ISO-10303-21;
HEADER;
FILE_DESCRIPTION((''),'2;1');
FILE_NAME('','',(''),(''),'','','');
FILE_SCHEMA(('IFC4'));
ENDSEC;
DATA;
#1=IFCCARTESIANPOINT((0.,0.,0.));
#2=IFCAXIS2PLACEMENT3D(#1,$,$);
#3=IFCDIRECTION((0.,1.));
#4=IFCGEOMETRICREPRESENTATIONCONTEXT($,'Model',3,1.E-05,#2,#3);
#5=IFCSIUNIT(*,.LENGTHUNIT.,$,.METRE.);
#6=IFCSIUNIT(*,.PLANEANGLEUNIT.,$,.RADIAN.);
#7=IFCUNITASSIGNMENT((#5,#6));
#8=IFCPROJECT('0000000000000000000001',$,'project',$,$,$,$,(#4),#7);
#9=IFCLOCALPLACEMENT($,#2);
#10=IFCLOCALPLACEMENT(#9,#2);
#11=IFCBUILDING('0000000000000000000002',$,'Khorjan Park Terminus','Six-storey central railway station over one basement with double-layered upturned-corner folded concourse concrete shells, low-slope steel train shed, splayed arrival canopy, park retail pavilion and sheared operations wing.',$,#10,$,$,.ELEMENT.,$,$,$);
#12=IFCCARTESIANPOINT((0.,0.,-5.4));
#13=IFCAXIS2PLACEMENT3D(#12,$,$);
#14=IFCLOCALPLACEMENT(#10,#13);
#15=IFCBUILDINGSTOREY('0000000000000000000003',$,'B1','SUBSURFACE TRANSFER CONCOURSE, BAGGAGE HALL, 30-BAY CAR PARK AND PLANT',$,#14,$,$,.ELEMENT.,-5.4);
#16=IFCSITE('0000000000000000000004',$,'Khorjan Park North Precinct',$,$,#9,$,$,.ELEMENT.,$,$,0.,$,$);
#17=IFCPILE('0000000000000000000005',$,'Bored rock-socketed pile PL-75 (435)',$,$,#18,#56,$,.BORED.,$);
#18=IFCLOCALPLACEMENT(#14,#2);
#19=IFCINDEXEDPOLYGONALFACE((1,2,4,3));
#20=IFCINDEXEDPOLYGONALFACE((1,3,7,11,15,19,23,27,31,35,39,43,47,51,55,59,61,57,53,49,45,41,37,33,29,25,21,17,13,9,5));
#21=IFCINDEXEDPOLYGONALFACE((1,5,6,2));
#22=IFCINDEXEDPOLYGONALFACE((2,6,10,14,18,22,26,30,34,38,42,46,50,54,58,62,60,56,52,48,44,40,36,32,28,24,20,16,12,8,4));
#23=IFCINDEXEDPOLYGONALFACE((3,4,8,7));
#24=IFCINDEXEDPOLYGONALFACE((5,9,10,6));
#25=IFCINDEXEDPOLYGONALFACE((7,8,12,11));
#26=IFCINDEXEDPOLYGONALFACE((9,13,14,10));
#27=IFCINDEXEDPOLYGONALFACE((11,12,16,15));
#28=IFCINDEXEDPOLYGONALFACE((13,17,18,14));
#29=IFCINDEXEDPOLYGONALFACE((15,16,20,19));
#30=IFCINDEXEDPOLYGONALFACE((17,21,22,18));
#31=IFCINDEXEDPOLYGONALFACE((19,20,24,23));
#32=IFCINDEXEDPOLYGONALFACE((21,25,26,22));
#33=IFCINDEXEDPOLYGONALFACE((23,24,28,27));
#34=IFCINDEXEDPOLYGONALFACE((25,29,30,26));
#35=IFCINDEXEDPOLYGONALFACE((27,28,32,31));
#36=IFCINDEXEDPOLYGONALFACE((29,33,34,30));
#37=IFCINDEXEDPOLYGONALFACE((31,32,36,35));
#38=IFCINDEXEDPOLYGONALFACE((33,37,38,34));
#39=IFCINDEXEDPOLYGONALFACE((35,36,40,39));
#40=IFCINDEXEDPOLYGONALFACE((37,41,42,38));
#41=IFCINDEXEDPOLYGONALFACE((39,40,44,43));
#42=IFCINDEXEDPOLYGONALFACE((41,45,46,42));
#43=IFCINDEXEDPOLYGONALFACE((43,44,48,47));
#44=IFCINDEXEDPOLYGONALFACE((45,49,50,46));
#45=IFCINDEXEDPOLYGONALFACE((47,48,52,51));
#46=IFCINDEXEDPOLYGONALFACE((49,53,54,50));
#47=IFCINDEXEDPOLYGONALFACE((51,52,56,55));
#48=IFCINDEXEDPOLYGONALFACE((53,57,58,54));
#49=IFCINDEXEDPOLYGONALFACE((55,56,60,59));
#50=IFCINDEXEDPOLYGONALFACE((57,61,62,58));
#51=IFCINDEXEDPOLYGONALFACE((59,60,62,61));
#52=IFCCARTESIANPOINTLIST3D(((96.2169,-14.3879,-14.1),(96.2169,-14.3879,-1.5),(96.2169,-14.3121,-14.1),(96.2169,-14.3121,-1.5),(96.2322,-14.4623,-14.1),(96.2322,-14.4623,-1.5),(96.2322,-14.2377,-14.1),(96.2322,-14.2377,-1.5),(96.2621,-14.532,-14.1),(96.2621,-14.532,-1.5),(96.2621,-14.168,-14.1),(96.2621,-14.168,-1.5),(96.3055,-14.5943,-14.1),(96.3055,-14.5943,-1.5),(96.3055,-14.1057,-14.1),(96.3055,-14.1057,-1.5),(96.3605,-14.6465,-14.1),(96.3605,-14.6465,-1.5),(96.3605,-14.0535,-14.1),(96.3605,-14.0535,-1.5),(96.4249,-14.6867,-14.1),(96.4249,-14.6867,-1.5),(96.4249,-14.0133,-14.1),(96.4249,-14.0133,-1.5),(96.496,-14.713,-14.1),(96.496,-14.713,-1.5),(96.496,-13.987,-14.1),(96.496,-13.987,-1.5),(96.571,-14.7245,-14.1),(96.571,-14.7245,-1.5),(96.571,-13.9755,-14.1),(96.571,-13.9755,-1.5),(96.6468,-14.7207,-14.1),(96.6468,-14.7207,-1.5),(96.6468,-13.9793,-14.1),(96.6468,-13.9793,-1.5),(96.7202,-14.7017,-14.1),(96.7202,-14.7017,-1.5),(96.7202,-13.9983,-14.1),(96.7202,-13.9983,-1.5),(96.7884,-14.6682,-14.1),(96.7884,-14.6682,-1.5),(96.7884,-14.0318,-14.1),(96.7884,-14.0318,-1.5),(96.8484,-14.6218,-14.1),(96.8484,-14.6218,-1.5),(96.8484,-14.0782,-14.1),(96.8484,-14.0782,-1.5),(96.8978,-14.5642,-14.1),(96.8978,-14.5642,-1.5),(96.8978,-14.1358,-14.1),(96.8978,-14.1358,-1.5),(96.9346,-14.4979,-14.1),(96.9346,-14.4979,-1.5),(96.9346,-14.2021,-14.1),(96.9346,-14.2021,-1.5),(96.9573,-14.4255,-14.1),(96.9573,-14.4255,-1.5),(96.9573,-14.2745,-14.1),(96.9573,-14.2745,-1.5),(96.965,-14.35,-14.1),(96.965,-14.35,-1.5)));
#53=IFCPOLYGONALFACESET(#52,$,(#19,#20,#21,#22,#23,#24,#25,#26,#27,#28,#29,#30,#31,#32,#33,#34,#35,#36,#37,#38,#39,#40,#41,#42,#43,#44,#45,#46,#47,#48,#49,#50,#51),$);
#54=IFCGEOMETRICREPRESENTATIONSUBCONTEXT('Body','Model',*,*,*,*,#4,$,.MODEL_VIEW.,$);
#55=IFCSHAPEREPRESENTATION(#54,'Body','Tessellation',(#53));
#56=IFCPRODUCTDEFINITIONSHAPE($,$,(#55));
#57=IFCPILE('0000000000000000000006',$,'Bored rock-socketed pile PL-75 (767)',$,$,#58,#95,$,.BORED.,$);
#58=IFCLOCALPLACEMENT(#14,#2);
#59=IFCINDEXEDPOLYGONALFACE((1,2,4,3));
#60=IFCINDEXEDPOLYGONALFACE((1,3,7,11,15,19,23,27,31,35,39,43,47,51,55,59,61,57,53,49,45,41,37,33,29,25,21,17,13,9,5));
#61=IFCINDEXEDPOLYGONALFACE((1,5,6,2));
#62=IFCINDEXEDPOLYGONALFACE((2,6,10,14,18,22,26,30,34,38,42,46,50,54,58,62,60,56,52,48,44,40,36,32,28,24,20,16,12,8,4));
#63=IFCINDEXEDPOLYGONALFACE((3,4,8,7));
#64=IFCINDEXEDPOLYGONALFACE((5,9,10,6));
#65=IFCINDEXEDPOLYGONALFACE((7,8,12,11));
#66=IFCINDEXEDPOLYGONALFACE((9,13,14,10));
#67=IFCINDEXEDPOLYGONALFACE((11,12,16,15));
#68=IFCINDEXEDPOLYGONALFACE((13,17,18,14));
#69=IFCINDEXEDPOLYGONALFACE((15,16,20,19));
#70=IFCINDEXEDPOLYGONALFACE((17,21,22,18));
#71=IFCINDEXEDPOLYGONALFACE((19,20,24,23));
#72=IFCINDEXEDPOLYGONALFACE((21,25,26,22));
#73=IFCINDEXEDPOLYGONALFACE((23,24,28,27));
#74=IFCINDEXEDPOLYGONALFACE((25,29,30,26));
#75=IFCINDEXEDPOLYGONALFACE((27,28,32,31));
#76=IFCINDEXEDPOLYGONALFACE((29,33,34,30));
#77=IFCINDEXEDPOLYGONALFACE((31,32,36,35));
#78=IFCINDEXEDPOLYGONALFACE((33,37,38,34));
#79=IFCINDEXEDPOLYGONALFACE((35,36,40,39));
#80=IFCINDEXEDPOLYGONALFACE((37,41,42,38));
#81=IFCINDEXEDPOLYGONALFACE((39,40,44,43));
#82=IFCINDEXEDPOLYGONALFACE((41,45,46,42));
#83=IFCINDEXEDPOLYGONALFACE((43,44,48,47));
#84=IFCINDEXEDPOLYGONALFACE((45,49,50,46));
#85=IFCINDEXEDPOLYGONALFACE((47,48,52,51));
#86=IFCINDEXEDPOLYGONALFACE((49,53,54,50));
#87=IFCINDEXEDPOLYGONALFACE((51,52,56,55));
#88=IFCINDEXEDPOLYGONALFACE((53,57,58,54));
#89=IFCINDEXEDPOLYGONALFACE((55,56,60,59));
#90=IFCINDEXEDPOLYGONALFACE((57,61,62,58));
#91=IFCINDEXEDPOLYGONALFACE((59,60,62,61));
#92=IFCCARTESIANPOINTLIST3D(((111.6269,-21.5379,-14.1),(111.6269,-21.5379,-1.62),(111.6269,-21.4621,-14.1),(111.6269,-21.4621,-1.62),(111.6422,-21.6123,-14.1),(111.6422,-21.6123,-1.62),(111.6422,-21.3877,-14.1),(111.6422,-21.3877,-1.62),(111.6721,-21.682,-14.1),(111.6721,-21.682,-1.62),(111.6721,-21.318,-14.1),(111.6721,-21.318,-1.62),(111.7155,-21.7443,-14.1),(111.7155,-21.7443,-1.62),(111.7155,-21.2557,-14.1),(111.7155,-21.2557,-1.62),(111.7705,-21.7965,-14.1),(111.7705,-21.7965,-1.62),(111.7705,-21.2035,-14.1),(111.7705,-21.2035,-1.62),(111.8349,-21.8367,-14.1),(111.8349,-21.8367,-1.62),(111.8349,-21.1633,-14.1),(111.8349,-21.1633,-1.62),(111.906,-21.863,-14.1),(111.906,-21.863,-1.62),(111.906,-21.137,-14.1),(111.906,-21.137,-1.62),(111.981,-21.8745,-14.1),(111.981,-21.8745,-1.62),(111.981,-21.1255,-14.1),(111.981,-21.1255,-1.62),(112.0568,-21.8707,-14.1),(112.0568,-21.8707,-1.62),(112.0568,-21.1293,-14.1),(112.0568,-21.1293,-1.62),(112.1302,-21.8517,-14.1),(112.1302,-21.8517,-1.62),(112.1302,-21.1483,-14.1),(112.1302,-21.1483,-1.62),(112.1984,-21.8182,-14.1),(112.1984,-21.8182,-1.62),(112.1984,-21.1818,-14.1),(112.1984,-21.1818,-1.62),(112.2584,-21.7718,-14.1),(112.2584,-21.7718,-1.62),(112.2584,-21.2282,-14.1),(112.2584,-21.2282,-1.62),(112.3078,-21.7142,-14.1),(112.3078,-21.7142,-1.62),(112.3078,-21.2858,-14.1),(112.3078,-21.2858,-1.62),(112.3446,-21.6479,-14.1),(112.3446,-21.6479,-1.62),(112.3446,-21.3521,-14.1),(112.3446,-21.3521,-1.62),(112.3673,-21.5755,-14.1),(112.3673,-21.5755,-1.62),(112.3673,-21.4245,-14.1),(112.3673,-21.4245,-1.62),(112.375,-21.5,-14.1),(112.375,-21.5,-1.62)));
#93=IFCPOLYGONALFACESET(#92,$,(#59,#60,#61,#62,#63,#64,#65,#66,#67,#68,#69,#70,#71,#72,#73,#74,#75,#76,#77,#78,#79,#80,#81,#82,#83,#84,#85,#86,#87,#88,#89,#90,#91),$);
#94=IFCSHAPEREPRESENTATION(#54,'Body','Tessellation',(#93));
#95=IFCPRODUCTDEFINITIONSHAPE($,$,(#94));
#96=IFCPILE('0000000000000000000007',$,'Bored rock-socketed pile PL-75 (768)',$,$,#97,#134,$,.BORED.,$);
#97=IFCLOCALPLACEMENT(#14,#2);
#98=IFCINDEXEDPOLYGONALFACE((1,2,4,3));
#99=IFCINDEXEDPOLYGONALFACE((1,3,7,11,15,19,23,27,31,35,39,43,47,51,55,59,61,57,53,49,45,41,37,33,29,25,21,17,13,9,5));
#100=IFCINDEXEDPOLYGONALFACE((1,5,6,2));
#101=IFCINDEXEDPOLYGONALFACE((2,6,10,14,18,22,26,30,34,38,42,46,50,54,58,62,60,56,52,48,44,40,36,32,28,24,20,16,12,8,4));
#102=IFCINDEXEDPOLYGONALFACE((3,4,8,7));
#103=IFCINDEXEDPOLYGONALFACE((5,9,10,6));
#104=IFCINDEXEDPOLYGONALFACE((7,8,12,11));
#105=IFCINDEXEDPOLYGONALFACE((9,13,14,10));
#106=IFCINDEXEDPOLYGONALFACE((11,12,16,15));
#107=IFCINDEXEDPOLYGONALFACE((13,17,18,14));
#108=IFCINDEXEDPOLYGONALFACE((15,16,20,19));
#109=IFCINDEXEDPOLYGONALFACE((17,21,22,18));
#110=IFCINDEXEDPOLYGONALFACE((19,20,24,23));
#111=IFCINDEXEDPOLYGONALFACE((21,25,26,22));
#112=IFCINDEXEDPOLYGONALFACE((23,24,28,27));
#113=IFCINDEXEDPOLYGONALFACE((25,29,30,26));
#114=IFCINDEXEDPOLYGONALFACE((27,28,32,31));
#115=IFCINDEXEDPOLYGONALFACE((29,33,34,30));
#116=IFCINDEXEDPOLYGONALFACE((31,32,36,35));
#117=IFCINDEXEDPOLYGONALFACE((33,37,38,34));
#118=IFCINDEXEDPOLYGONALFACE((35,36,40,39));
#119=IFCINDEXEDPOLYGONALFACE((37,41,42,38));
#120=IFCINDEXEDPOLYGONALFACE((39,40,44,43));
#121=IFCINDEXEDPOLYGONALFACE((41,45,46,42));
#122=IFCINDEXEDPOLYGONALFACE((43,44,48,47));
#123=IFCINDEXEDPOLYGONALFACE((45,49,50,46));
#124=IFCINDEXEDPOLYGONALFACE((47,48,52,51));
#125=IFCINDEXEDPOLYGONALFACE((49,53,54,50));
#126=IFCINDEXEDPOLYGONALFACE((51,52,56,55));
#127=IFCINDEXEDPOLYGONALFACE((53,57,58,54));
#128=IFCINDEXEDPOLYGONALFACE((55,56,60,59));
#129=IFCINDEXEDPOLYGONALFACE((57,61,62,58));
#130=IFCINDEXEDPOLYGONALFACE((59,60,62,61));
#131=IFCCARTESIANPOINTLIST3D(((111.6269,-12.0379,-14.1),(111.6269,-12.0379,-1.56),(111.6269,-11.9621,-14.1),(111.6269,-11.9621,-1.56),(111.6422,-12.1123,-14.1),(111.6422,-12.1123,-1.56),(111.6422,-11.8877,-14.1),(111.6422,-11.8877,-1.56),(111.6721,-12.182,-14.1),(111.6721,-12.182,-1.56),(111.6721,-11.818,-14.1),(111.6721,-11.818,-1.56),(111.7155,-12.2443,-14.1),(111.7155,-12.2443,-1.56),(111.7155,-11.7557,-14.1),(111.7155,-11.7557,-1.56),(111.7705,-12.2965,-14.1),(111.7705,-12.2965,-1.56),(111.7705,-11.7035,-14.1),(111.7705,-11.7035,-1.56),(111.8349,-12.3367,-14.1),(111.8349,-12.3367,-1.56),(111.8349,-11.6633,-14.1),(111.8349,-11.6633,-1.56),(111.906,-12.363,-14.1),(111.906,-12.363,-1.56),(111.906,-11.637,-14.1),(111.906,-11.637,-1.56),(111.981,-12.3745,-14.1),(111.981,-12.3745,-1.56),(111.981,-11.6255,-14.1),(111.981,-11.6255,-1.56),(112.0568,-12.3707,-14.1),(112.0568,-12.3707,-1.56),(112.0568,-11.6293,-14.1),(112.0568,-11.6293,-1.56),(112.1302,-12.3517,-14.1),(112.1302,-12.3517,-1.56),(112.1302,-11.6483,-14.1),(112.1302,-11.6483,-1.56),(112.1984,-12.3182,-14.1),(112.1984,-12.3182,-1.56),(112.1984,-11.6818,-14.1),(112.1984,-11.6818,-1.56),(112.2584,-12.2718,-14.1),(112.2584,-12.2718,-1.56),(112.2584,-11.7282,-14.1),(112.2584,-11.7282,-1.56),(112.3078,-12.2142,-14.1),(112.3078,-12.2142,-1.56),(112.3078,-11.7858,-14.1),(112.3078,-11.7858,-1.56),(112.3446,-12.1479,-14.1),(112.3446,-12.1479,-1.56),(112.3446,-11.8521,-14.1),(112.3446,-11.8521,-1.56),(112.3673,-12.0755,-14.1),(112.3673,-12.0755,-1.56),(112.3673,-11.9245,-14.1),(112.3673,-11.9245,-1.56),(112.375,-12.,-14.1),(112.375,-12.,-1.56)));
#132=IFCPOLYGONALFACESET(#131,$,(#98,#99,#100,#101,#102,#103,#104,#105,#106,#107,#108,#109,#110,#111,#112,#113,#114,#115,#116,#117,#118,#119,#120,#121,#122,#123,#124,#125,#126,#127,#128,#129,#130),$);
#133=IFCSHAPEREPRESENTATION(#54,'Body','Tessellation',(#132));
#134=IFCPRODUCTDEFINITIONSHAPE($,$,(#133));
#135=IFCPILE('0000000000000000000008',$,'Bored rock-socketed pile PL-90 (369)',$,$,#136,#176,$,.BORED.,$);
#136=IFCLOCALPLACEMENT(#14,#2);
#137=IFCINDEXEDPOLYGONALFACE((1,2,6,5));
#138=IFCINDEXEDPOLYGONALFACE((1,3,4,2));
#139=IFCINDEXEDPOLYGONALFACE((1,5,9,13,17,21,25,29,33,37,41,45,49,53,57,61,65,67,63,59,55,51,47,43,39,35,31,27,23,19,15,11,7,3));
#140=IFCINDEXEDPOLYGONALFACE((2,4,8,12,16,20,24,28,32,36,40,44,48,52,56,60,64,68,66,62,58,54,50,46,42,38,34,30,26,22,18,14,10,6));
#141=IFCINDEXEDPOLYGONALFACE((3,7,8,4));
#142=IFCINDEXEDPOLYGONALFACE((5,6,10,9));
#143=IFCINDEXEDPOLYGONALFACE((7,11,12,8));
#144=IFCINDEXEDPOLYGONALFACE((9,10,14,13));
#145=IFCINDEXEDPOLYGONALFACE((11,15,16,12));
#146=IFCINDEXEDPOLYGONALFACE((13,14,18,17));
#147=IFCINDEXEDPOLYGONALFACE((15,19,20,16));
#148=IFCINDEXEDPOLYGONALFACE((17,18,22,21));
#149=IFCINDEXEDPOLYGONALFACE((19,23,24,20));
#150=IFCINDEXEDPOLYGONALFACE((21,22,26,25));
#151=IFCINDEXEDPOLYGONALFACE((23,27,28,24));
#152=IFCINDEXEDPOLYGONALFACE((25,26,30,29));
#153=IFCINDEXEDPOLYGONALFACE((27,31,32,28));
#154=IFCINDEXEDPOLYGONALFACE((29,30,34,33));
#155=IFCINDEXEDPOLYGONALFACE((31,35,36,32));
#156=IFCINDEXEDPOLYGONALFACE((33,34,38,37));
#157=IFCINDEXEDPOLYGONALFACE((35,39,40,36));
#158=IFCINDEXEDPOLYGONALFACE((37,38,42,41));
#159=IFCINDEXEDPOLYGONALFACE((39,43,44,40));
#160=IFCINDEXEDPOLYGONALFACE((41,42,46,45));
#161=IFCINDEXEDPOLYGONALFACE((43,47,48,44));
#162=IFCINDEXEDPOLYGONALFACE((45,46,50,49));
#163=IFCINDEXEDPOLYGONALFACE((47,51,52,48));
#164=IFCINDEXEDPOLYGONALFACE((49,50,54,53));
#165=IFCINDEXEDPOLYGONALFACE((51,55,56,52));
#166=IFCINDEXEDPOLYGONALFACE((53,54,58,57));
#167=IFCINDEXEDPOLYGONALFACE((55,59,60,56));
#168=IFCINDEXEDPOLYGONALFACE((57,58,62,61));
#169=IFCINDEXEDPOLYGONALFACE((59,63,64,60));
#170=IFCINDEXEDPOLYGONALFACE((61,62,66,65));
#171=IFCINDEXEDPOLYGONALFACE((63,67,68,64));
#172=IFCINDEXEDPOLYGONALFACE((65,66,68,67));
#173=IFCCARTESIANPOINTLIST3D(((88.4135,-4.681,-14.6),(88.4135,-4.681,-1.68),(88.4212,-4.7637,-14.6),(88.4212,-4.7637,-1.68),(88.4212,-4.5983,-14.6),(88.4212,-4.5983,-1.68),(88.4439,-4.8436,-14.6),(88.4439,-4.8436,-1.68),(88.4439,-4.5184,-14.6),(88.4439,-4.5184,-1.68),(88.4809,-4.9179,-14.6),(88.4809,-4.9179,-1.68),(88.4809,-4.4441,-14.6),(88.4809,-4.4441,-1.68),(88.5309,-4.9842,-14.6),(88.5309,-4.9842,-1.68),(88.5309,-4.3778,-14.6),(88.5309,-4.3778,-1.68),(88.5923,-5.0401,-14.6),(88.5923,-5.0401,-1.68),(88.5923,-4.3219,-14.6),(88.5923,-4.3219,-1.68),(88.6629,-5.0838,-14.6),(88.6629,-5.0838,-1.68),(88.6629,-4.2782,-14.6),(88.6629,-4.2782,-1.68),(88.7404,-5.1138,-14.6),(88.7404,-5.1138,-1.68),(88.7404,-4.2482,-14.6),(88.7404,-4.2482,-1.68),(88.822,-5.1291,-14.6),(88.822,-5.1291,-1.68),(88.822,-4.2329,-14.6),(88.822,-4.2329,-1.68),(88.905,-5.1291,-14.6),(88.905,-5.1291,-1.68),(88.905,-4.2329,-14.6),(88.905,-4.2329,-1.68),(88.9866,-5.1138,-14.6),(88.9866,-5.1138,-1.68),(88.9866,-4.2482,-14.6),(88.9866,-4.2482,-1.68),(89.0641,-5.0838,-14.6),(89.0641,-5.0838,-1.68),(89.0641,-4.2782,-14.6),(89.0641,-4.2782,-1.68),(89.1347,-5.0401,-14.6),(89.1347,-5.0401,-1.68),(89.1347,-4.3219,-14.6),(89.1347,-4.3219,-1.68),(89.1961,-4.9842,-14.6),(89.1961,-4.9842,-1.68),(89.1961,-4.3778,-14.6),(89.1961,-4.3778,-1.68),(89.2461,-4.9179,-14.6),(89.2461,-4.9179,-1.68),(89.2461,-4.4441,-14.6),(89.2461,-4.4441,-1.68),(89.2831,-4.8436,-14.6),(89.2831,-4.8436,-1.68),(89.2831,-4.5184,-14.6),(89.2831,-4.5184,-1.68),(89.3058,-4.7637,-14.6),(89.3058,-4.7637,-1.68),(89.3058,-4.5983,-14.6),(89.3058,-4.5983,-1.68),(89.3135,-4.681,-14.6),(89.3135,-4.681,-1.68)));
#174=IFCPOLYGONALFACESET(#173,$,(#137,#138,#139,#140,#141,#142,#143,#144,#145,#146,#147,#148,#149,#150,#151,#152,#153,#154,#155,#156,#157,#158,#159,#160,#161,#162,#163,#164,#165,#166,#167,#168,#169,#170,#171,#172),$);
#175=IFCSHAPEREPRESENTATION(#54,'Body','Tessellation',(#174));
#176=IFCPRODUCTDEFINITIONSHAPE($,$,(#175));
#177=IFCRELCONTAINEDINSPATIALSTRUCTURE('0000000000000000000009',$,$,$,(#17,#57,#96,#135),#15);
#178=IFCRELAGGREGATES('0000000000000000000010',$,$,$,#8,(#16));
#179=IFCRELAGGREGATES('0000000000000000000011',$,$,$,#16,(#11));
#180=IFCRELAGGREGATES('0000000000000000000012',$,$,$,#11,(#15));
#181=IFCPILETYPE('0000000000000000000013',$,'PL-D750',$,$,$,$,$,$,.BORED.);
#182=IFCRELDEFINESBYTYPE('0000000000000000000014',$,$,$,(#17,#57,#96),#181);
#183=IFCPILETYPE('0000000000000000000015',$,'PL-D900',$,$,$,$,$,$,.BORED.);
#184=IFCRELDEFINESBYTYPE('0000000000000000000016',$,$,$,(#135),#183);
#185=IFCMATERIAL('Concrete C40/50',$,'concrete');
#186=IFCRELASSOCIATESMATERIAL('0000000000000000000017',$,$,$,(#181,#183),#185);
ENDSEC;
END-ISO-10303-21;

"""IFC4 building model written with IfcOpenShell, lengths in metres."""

from ifc_helpers import new_model, si_unit, direction, frame, origin, origin_2d, place, context, subcontext, project, spatial, circle, extrude, material, material_profile, profile_set, type_object, element, save


model = new_model("IFC4")

# Units and contexts
model_context = context("Model", 3, precision=1e-05, world=origin(), true_north=direction((0.0, 1.0)))
body_context = subcontext(model_context, "Body", "Model", "MODEL_VIEW")
ifc_project = project(units=[si_unit("LENGTHUNIT", "METRE"), si_unit("PLANEANGLEUNIT", "RADIAN")], contexts=[model_context])

# Site, building, storey
site_placement = place(None, origin())
site = spatial("IfcSite", under=ifc_project, at=site_placement, Name="Khorjan Park North Precinct", CompositionType="ELEMENT", RefElevation=0.0)
building_placement = place(site_placement, origin())
building = spatial("IfcBuilding", under=site, at=building_placement, Name="Khorjan Park Terminus", Description="Six-storey central railway station over one basement with double-layered upturned-corner folded concourse concrete shells, low-slope steel train shed, splayed arrival canopy, park retail pavilion and sheared operations wing.", CompositionType="ELEMENT")
storey_placement = place(building_placement, frame((0.0, 0.0, -5.4)))
storey = spatial("IfcBuildingStorey", under=building, at=storey_placement, Name="B1", Description="SUBSURFACE TRANSFER CONCOURSE, BAGGAGE HALL, 30-BAY CAR PARK AND PLANT", CompositionType="ELEMENT", Elevation=-5.4)

# Shared definitions
ifc_material_1 = material(Name="Concrete C40/50", Category="concrete")

# Piles
ifc_material_profile_1 = material_profile(ifc_material_1, circle(Radius=0.375, at=origin_2d()), Name="BORED D750")
ifc_profile_set_1 = profile_set([ifc_material_profile_1], Name="Concrete C40/50")
pile_type_1 = type_object("IfcPileType", Name="PL-D750", PredefinedType="BORED", material=ifc_profile_set_1)
pile_1_placement = place(storey_placement, frame((96.59, -14.35, -1.5), z_axis=(0.0, 0.0, -1.0), x_axis=(1.0, 0.0, 0.0)))
element("IfcPile", 1, at=pile_1_placement, inside=storey, type_object=pile_type_1, Name="Bored rock-socketed pile PL-75 (435)", PredefinedType="BORED", context=body_context, shape_type="SweptSolid", body=[
    extrude(circle(Radius=0.375, at=origin_2d()), origin(), (0.0, 0.0, 1.0), 12.6),
])
pile_2_placement = place(storey_placement, frame((112.0, -21.5, -1.62), z_axis=(0.0, 0.0, -1.0), x_axis=(1.0, 0.0, 0.0)))
element("IfcPile", 2, at=pile_2_placement, inside=storey, type_object=pile_type_1, Name="Bored rock-socketed pile PL-75 (767)", PredefinedType="BORED", context=body_context, shape_type="SweptSolid", body=[
    extrude(circle(Radius=0.375, at=origin_2d()), origin(), (0.0, 0.0, 1.0), 12.48),
])
pile_3_placement = place(storey_placement, frame((112.0, -12.0, -1.56), z_axis=(0.0, 0.0, -1.0), x_axis=(1.0, 0.0, 0.0)))
element("IfcPile", 3, at=pile_3_placement, inside=storey, type_object=pile_type_1, Name="Bored rock-socketed pile PL-75 (768)", PredefinedType="BORED", context=body_context, shape_type="SweptSolid", body=[
    extrude(circle(Radius=0.375, at=origin_2d()), origin(), (0.0, 0.0, 1.0), 12.54),
])
ifc_material_profile_2 = material_profile(ifc_material_1, circle(Radius=0.45, at=origin_2d()), Name="BORED D900")
ifc_profile_set_2 = profile_set([ifc_material_profile_2], Name="Concrete C40/50")
pile_type_2 = type_object("IfcPileType", Name="PL-D900", PredefinedType="BORED", material=ifc_profile_set_2)
pile_4_placement = place(storey_placement, frame((88.8635, -4.681, -1.68), z_axis=(0.0, 0.0, -1.0), x_axis=(1.0, 0.0, 0.0)))
element("IfcPile", 4, at=pile_4_placement, inside=storey, type_object=pile_type_2, Name="Bored rock-socketed pile PL-90 (369)", PredefinedType="BORED", context=body_context, shape_type="SweptSolid", body=[
    extrude(circle(Radius=0.45, at=origin_2d()), origin(), (0.0, 0.0, 1.0), 12.92),
])

save(model, "model.ifc")
